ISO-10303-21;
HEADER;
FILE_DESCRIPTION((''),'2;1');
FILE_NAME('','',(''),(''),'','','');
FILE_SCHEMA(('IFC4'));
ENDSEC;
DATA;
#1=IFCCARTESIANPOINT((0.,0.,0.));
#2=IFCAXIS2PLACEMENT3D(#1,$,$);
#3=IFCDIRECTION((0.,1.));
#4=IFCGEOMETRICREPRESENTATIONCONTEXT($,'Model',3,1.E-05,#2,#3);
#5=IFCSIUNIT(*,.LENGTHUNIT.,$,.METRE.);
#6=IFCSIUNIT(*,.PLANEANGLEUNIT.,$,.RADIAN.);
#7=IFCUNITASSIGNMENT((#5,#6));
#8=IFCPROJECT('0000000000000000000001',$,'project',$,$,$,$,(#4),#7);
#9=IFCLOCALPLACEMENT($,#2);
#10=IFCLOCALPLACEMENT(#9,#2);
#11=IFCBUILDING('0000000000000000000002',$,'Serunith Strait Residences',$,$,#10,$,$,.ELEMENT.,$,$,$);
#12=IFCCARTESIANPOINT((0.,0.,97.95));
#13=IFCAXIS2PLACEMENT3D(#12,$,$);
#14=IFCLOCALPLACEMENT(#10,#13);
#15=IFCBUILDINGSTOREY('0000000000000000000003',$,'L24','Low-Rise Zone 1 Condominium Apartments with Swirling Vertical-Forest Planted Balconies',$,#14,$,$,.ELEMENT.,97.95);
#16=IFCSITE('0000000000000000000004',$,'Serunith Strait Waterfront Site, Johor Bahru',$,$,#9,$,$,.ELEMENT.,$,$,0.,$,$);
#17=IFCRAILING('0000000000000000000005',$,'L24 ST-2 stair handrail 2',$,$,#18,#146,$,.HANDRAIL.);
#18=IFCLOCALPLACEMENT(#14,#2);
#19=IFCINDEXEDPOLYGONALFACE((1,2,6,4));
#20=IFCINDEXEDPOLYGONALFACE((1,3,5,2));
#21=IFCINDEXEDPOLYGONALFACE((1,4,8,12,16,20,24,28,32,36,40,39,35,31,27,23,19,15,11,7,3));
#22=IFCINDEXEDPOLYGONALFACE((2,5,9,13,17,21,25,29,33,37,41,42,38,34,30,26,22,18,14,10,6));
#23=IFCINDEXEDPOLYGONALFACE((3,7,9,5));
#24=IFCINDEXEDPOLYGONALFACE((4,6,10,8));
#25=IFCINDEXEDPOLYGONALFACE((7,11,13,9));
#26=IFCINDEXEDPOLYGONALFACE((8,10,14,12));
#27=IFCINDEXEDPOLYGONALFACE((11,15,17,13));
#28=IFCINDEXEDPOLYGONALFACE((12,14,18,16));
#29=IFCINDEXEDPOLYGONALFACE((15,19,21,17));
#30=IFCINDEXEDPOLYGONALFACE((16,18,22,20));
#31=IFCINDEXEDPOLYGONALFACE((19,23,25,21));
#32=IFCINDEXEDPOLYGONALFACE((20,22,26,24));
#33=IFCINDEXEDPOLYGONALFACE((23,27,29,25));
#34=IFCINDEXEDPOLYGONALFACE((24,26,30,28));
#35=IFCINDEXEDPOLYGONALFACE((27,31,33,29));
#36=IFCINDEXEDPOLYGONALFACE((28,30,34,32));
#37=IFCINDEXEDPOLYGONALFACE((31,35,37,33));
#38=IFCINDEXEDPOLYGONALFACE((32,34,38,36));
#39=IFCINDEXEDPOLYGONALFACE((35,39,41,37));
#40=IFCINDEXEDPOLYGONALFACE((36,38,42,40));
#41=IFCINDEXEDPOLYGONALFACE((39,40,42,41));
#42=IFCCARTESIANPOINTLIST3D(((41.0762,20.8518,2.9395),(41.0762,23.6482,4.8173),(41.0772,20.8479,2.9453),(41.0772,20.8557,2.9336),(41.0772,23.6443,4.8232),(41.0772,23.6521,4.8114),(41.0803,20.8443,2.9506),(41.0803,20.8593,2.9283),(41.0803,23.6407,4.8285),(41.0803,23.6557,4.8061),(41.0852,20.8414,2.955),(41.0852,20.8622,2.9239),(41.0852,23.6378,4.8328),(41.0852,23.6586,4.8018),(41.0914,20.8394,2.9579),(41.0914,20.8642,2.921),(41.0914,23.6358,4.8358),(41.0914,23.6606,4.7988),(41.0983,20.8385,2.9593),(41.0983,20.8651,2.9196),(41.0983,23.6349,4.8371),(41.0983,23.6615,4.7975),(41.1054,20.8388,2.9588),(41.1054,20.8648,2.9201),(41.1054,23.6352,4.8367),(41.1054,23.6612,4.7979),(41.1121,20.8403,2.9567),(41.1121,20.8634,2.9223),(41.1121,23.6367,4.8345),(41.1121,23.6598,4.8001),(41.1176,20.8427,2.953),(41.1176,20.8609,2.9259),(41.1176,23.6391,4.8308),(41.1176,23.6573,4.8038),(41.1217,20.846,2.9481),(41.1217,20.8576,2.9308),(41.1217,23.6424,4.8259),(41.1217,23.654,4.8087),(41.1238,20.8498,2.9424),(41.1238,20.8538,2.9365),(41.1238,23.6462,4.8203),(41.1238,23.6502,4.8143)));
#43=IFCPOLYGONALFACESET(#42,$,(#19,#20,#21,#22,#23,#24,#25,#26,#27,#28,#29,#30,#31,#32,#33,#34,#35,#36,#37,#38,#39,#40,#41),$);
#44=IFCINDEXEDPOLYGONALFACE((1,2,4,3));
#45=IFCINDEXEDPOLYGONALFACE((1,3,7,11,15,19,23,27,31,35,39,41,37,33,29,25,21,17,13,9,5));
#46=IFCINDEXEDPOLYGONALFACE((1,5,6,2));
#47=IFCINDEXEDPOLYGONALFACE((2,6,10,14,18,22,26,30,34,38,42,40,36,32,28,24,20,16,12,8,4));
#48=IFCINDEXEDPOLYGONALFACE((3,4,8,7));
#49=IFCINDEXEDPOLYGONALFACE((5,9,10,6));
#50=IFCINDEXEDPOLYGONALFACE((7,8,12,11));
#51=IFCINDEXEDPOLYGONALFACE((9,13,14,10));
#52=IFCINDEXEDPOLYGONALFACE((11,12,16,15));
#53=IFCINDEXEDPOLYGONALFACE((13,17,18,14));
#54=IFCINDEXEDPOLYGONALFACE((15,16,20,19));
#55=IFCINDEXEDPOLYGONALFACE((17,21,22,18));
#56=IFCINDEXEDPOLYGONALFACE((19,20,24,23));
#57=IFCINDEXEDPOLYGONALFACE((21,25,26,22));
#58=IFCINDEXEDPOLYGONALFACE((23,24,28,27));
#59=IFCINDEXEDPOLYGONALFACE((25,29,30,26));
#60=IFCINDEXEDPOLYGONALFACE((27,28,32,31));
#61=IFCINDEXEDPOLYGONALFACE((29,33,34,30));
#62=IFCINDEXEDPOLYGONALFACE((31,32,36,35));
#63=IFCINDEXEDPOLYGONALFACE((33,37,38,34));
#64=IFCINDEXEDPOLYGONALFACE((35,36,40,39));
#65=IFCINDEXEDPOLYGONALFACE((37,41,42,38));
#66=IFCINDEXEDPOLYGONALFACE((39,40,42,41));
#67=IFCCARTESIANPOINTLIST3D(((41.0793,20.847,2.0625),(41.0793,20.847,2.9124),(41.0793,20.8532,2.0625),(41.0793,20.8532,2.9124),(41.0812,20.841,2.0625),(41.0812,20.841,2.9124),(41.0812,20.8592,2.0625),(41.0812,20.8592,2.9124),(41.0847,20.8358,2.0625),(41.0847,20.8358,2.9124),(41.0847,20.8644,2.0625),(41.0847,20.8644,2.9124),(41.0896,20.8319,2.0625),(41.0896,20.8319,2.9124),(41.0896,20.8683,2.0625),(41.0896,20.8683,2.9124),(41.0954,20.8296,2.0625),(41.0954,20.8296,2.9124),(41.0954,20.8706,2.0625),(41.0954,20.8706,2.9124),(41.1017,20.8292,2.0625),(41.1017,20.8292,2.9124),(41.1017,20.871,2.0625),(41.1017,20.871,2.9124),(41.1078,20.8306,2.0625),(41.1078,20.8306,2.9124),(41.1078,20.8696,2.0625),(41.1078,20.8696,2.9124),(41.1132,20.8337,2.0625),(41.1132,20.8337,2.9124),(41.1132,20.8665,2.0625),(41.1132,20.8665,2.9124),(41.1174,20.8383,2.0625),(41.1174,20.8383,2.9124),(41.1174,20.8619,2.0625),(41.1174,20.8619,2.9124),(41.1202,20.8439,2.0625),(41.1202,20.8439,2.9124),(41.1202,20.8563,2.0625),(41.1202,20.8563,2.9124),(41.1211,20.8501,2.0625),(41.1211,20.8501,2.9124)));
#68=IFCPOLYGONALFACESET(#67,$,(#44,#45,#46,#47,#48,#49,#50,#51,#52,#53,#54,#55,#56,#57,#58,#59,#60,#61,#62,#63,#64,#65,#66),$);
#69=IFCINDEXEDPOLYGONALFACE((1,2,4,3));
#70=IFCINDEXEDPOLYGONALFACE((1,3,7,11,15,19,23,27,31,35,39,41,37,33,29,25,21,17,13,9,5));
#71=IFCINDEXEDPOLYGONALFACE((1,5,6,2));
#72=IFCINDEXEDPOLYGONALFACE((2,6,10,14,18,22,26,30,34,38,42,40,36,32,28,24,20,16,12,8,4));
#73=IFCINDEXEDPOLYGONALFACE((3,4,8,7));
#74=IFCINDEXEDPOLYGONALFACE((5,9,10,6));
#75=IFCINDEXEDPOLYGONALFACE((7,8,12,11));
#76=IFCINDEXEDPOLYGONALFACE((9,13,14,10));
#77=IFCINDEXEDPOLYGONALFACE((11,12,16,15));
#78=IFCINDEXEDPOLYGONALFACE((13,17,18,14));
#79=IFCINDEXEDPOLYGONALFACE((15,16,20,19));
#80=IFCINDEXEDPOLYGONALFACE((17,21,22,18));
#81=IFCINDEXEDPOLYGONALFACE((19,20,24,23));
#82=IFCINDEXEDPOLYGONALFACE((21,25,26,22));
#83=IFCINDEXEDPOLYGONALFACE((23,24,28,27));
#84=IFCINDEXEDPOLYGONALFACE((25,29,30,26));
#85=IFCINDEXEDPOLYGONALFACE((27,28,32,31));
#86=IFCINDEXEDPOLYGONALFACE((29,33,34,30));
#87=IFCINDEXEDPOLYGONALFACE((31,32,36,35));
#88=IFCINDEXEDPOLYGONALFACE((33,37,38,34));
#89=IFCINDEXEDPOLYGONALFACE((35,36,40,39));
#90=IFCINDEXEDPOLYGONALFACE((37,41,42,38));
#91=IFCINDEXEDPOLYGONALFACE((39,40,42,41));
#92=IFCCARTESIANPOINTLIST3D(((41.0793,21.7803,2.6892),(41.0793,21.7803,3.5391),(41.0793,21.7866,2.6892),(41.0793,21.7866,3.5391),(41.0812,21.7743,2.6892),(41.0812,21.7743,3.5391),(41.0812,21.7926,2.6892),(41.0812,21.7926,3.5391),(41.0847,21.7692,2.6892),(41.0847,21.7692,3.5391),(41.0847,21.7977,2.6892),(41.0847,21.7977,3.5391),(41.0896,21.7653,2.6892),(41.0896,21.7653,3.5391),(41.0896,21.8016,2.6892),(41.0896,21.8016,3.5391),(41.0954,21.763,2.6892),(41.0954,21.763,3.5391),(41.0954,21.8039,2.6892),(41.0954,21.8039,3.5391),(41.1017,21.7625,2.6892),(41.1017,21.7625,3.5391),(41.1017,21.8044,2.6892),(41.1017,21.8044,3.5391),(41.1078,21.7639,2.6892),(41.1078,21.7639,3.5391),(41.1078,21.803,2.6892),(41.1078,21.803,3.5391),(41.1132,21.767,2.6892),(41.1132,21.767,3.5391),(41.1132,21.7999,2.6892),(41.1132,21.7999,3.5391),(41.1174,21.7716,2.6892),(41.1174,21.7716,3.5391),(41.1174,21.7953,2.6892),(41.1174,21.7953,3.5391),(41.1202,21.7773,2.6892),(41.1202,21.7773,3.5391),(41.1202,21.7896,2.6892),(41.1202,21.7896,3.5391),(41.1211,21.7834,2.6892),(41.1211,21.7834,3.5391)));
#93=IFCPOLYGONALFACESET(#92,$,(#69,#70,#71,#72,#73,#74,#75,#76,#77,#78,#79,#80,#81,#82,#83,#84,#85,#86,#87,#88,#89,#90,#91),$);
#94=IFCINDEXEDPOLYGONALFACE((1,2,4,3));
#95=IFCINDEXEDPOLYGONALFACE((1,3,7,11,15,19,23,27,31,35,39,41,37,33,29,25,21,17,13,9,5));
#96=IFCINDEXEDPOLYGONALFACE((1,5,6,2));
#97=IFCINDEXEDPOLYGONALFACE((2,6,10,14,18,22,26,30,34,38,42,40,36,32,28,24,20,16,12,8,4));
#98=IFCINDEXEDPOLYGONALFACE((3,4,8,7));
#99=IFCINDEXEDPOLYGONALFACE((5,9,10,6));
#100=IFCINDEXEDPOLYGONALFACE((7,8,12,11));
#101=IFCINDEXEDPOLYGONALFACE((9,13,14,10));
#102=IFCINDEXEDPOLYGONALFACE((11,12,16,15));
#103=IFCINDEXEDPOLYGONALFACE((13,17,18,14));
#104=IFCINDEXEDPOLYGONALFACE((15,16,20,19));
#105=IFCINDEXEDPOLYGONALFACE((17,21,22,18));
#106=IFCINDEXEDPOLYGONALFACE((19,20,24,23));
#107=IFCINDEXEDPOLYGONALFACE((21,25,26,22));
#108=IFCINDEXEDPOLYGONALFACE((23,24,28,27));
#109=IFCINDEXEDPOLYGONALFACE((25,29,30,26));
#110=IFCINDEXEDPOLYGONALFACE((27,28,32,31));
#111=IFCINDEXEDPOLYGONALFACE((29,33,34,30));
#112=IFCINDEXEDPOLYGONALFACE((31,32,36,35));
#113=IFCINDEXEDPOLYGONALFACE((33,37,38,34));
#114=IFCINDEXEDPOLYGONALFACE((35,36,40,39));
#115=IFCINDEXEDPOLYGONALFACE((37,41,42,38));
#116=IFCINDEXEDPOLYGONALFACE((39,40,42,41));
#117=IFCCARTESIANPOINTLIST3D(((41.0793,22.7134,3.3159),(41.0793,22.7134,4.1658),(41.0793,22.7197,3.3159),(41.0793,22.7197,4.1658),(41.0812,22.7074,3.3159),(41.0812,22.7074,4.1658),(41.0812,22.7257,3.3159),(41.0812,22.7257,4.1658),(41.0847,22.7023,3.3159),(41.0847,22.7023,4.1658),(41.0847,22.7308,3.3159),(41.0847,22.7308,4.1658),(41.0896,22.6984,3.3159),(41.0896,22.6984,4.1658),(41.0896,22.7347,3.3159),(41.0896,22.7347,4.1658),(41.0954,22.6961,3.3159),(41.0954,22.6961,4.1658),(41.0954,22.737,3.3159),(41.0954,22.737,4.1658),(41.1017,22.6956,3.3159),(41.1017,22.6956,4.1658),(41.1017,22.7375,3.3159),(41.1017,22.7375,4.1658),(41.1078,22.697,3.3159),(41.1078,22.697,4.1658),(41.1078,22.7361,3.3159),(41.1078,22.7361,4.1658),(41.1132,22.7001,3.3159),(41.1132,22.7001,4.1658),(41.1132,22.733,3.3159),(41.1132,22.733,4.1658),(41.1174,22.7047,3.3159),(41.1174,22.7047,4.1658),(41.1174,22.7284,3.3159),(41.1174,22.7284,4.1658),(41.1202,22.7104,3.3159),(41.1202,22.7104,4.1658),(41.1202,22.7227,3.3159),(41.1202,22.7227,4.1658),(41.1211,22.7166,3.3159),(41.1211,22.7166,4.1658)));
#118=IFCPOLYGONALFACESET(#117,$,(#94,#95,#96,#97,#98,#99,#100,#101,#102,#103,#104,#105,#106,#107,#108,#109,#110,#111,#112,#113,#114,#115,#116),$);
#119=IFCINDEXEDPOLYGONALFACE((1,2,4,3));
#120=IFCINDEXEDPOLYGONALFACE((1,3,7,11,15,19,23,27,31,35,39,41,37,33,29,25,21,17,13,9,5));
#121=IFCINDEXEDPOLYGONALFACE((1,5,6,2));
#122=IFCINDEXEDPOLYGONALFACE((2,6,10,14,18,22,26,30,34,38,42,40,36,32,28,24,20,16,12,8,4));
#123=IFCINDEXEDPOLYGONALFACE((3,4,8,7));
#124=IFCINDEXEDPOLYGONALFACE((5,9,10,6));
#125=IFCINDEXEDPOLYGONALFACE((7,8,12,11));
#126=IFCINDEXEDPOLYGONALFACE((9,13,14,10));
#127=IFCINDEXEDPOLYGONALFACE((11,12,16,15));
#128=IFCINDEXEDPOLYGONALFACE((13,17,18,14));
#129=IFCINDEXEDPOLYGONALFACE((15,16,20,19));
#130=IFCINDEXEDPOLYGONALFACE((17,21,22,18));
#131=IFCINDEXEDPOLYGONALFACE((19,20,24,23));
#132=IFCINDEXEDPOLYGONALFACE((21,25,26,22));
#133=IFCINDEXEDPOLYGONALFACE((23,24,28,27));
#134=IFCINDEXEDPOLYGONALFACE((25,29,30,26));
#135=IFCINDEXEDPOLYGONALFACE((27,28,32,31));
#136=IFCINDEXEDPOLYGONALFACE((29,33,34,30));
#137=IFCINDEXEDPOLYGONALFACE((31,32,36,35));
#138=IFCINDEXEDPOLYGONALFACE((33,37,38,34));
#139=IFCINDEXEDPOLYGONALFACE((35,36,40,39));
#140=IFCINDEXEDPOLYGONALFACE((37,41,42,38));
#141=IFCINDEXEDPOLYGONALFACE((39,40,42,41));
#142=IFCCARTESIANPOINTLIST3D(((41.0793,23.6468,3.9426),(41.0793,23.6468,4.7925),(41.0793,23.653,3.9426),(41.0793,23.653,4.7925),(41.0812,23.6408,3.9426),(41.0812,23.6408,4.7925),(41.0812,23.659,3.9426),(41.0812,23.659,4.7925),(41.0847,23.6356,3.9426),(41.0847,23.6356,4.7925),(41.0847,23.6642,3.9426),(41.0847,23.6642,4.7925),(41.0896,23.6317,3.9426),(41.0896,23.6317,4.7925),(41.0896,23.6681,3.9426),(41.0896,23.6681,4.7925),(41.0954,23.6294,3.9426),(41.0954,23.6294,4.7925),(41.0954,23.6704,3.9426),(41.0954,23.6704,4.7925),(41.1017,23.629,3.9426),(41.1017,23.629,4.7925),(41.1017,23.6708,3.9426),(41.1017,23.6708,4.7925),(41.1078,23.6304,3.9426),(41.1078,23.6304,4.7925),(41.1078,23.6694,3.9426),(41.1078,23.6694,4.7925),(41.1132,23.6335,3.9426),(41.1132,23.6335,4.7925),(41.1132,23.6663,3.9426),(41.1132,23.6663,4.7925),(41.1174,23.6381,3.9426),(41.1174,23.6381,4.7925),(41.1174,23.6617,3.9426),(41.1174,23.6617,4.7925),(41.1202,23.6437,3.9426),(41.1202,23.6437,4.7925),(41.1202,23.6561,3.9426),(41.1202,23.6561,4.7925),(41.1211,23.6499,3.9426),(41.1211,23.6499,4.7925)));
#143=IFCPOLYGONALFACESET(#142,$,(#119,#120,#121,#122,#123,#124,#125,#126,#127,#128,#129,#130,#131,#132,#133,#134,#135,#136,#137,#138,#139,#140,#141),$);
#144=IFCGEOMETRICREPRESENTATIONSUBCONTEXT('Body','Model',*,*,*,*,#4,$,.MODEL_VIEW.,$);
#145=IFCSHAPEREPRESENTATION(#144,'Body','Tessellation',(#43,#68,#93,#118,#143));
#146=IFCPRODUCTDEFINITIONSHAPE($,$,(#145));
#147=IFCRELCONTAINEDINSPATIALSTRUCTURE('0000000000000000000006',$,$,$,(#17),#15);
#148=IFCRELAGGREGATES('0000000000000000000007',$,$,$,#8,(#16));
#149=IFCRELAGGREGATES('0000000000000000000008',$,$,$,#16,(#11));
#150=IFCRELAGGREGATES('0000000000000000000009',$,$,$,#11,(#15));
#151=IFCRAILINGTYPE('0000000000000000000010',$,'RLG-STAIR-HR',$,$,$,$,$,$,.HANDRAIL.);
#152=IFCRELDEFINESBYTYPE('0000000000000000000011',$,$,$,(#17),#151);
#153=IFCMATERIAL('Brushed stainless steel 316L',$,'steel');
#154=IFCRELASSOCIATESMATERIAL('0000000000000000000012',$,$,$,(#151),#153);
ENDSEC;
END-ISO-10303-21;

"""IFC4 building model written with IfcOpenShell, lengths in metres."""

from ifc_helpers import new_model, si_unit, direction, frame, origin, origin_2d, place, context, subcontext, project, spatial, circle, extrude, material, type_object, element, save


model = new_model("IFC4")

# Units and contexts
model_context = context("Model", 3, precision=1e-05, world=origin(), true_north=direction((0.0, 1.0)))
body_context = subcontext(model_context, "Body", "Model", "MODEL_VIEW")
ifc_project = project(units=[si_unit("LENGTHUNIT", "METRE"), si_unit("PLANEANGLEUNIT", "RADIAN")], contexts=[model_context])

# Site, building, storey
site_placement = place(None, origin())
site = spatial("IfcSite", under=ifc_project, at=site_placement, Name="Serunith Strait Waterfront Site, Johor Bahru", CompositionType="ELEMENT", RefElevation=0.0)
building_placement = place(site_placement, origin())
building = spatial("IfcBuilding", under=site, at=building_placement, Name="Serunith Strait Residences", CompositionType="ELEMENT")
storey_placement = place(building_placement, frame((0.0, 0.0, 97.95)))
storey = spatial("IfcBuildingStorey", under=building, at=storey_placement, Name="L24", Description="Low-Rise Zone 1 Condominium Apartments with Swirling Vertical-Forest Planted Balconies", CompositionType="ELEMENT", Elevation=97.95)

# Railing
ifc_material_1 = material(Name="Brushed stainless steel 316L", Category="steel")
railing_type_1 = type_object("IfcRailingType", Name="RLG-STAIR-HR", PredefinedType="HANDRAIL", material=ifc_material_1)
railing_1_placement = place(storey_placement, frame((41.1001, 20.8501, 2.0625)))
element("IfcRailing", 1, at=railing_1_placement, inside=storey, type_object=railing_type_1, Name="L24 ST-2 stair handrail 2", PredefinedType="HANDRAIL", context=body_context, shape_type="SweptSolid", body=[
    extrude(circle(Radius=0.0239, at=origin_2d()), frame((0.0, 0.0017, 0.877), z_axis=(0.0, 0.830186, 0.557487), x_axis=(-1.0, 0.0, 0.0)), (0.0, 0.0, 1.0), 3.3684),
    extrude(circle(Radius=0.021, at=origin_2d()), origin(), (0.0, 0.0, 1.0), 0.8499),
    extrude(circle(Radius=0.021, at=origin_2d()), frame((0.0, 0.9333, 0.6267)), (0.0, 0.0, 1.0), 0.8499),
    extrude(circle(Radius=0.021, at=origin_2d()), frame((0.0, 1.8665, 1.2534)), (0.0, 0.0, 1.0), 0.8499),
    extrude(circle(Radius=0.021, at=origin_2d()), frame((0.0, 2.7998, 1.8801)), (0.0, 0.0, 1.0), 0.8499),
])

save(model, "model.ifc")
